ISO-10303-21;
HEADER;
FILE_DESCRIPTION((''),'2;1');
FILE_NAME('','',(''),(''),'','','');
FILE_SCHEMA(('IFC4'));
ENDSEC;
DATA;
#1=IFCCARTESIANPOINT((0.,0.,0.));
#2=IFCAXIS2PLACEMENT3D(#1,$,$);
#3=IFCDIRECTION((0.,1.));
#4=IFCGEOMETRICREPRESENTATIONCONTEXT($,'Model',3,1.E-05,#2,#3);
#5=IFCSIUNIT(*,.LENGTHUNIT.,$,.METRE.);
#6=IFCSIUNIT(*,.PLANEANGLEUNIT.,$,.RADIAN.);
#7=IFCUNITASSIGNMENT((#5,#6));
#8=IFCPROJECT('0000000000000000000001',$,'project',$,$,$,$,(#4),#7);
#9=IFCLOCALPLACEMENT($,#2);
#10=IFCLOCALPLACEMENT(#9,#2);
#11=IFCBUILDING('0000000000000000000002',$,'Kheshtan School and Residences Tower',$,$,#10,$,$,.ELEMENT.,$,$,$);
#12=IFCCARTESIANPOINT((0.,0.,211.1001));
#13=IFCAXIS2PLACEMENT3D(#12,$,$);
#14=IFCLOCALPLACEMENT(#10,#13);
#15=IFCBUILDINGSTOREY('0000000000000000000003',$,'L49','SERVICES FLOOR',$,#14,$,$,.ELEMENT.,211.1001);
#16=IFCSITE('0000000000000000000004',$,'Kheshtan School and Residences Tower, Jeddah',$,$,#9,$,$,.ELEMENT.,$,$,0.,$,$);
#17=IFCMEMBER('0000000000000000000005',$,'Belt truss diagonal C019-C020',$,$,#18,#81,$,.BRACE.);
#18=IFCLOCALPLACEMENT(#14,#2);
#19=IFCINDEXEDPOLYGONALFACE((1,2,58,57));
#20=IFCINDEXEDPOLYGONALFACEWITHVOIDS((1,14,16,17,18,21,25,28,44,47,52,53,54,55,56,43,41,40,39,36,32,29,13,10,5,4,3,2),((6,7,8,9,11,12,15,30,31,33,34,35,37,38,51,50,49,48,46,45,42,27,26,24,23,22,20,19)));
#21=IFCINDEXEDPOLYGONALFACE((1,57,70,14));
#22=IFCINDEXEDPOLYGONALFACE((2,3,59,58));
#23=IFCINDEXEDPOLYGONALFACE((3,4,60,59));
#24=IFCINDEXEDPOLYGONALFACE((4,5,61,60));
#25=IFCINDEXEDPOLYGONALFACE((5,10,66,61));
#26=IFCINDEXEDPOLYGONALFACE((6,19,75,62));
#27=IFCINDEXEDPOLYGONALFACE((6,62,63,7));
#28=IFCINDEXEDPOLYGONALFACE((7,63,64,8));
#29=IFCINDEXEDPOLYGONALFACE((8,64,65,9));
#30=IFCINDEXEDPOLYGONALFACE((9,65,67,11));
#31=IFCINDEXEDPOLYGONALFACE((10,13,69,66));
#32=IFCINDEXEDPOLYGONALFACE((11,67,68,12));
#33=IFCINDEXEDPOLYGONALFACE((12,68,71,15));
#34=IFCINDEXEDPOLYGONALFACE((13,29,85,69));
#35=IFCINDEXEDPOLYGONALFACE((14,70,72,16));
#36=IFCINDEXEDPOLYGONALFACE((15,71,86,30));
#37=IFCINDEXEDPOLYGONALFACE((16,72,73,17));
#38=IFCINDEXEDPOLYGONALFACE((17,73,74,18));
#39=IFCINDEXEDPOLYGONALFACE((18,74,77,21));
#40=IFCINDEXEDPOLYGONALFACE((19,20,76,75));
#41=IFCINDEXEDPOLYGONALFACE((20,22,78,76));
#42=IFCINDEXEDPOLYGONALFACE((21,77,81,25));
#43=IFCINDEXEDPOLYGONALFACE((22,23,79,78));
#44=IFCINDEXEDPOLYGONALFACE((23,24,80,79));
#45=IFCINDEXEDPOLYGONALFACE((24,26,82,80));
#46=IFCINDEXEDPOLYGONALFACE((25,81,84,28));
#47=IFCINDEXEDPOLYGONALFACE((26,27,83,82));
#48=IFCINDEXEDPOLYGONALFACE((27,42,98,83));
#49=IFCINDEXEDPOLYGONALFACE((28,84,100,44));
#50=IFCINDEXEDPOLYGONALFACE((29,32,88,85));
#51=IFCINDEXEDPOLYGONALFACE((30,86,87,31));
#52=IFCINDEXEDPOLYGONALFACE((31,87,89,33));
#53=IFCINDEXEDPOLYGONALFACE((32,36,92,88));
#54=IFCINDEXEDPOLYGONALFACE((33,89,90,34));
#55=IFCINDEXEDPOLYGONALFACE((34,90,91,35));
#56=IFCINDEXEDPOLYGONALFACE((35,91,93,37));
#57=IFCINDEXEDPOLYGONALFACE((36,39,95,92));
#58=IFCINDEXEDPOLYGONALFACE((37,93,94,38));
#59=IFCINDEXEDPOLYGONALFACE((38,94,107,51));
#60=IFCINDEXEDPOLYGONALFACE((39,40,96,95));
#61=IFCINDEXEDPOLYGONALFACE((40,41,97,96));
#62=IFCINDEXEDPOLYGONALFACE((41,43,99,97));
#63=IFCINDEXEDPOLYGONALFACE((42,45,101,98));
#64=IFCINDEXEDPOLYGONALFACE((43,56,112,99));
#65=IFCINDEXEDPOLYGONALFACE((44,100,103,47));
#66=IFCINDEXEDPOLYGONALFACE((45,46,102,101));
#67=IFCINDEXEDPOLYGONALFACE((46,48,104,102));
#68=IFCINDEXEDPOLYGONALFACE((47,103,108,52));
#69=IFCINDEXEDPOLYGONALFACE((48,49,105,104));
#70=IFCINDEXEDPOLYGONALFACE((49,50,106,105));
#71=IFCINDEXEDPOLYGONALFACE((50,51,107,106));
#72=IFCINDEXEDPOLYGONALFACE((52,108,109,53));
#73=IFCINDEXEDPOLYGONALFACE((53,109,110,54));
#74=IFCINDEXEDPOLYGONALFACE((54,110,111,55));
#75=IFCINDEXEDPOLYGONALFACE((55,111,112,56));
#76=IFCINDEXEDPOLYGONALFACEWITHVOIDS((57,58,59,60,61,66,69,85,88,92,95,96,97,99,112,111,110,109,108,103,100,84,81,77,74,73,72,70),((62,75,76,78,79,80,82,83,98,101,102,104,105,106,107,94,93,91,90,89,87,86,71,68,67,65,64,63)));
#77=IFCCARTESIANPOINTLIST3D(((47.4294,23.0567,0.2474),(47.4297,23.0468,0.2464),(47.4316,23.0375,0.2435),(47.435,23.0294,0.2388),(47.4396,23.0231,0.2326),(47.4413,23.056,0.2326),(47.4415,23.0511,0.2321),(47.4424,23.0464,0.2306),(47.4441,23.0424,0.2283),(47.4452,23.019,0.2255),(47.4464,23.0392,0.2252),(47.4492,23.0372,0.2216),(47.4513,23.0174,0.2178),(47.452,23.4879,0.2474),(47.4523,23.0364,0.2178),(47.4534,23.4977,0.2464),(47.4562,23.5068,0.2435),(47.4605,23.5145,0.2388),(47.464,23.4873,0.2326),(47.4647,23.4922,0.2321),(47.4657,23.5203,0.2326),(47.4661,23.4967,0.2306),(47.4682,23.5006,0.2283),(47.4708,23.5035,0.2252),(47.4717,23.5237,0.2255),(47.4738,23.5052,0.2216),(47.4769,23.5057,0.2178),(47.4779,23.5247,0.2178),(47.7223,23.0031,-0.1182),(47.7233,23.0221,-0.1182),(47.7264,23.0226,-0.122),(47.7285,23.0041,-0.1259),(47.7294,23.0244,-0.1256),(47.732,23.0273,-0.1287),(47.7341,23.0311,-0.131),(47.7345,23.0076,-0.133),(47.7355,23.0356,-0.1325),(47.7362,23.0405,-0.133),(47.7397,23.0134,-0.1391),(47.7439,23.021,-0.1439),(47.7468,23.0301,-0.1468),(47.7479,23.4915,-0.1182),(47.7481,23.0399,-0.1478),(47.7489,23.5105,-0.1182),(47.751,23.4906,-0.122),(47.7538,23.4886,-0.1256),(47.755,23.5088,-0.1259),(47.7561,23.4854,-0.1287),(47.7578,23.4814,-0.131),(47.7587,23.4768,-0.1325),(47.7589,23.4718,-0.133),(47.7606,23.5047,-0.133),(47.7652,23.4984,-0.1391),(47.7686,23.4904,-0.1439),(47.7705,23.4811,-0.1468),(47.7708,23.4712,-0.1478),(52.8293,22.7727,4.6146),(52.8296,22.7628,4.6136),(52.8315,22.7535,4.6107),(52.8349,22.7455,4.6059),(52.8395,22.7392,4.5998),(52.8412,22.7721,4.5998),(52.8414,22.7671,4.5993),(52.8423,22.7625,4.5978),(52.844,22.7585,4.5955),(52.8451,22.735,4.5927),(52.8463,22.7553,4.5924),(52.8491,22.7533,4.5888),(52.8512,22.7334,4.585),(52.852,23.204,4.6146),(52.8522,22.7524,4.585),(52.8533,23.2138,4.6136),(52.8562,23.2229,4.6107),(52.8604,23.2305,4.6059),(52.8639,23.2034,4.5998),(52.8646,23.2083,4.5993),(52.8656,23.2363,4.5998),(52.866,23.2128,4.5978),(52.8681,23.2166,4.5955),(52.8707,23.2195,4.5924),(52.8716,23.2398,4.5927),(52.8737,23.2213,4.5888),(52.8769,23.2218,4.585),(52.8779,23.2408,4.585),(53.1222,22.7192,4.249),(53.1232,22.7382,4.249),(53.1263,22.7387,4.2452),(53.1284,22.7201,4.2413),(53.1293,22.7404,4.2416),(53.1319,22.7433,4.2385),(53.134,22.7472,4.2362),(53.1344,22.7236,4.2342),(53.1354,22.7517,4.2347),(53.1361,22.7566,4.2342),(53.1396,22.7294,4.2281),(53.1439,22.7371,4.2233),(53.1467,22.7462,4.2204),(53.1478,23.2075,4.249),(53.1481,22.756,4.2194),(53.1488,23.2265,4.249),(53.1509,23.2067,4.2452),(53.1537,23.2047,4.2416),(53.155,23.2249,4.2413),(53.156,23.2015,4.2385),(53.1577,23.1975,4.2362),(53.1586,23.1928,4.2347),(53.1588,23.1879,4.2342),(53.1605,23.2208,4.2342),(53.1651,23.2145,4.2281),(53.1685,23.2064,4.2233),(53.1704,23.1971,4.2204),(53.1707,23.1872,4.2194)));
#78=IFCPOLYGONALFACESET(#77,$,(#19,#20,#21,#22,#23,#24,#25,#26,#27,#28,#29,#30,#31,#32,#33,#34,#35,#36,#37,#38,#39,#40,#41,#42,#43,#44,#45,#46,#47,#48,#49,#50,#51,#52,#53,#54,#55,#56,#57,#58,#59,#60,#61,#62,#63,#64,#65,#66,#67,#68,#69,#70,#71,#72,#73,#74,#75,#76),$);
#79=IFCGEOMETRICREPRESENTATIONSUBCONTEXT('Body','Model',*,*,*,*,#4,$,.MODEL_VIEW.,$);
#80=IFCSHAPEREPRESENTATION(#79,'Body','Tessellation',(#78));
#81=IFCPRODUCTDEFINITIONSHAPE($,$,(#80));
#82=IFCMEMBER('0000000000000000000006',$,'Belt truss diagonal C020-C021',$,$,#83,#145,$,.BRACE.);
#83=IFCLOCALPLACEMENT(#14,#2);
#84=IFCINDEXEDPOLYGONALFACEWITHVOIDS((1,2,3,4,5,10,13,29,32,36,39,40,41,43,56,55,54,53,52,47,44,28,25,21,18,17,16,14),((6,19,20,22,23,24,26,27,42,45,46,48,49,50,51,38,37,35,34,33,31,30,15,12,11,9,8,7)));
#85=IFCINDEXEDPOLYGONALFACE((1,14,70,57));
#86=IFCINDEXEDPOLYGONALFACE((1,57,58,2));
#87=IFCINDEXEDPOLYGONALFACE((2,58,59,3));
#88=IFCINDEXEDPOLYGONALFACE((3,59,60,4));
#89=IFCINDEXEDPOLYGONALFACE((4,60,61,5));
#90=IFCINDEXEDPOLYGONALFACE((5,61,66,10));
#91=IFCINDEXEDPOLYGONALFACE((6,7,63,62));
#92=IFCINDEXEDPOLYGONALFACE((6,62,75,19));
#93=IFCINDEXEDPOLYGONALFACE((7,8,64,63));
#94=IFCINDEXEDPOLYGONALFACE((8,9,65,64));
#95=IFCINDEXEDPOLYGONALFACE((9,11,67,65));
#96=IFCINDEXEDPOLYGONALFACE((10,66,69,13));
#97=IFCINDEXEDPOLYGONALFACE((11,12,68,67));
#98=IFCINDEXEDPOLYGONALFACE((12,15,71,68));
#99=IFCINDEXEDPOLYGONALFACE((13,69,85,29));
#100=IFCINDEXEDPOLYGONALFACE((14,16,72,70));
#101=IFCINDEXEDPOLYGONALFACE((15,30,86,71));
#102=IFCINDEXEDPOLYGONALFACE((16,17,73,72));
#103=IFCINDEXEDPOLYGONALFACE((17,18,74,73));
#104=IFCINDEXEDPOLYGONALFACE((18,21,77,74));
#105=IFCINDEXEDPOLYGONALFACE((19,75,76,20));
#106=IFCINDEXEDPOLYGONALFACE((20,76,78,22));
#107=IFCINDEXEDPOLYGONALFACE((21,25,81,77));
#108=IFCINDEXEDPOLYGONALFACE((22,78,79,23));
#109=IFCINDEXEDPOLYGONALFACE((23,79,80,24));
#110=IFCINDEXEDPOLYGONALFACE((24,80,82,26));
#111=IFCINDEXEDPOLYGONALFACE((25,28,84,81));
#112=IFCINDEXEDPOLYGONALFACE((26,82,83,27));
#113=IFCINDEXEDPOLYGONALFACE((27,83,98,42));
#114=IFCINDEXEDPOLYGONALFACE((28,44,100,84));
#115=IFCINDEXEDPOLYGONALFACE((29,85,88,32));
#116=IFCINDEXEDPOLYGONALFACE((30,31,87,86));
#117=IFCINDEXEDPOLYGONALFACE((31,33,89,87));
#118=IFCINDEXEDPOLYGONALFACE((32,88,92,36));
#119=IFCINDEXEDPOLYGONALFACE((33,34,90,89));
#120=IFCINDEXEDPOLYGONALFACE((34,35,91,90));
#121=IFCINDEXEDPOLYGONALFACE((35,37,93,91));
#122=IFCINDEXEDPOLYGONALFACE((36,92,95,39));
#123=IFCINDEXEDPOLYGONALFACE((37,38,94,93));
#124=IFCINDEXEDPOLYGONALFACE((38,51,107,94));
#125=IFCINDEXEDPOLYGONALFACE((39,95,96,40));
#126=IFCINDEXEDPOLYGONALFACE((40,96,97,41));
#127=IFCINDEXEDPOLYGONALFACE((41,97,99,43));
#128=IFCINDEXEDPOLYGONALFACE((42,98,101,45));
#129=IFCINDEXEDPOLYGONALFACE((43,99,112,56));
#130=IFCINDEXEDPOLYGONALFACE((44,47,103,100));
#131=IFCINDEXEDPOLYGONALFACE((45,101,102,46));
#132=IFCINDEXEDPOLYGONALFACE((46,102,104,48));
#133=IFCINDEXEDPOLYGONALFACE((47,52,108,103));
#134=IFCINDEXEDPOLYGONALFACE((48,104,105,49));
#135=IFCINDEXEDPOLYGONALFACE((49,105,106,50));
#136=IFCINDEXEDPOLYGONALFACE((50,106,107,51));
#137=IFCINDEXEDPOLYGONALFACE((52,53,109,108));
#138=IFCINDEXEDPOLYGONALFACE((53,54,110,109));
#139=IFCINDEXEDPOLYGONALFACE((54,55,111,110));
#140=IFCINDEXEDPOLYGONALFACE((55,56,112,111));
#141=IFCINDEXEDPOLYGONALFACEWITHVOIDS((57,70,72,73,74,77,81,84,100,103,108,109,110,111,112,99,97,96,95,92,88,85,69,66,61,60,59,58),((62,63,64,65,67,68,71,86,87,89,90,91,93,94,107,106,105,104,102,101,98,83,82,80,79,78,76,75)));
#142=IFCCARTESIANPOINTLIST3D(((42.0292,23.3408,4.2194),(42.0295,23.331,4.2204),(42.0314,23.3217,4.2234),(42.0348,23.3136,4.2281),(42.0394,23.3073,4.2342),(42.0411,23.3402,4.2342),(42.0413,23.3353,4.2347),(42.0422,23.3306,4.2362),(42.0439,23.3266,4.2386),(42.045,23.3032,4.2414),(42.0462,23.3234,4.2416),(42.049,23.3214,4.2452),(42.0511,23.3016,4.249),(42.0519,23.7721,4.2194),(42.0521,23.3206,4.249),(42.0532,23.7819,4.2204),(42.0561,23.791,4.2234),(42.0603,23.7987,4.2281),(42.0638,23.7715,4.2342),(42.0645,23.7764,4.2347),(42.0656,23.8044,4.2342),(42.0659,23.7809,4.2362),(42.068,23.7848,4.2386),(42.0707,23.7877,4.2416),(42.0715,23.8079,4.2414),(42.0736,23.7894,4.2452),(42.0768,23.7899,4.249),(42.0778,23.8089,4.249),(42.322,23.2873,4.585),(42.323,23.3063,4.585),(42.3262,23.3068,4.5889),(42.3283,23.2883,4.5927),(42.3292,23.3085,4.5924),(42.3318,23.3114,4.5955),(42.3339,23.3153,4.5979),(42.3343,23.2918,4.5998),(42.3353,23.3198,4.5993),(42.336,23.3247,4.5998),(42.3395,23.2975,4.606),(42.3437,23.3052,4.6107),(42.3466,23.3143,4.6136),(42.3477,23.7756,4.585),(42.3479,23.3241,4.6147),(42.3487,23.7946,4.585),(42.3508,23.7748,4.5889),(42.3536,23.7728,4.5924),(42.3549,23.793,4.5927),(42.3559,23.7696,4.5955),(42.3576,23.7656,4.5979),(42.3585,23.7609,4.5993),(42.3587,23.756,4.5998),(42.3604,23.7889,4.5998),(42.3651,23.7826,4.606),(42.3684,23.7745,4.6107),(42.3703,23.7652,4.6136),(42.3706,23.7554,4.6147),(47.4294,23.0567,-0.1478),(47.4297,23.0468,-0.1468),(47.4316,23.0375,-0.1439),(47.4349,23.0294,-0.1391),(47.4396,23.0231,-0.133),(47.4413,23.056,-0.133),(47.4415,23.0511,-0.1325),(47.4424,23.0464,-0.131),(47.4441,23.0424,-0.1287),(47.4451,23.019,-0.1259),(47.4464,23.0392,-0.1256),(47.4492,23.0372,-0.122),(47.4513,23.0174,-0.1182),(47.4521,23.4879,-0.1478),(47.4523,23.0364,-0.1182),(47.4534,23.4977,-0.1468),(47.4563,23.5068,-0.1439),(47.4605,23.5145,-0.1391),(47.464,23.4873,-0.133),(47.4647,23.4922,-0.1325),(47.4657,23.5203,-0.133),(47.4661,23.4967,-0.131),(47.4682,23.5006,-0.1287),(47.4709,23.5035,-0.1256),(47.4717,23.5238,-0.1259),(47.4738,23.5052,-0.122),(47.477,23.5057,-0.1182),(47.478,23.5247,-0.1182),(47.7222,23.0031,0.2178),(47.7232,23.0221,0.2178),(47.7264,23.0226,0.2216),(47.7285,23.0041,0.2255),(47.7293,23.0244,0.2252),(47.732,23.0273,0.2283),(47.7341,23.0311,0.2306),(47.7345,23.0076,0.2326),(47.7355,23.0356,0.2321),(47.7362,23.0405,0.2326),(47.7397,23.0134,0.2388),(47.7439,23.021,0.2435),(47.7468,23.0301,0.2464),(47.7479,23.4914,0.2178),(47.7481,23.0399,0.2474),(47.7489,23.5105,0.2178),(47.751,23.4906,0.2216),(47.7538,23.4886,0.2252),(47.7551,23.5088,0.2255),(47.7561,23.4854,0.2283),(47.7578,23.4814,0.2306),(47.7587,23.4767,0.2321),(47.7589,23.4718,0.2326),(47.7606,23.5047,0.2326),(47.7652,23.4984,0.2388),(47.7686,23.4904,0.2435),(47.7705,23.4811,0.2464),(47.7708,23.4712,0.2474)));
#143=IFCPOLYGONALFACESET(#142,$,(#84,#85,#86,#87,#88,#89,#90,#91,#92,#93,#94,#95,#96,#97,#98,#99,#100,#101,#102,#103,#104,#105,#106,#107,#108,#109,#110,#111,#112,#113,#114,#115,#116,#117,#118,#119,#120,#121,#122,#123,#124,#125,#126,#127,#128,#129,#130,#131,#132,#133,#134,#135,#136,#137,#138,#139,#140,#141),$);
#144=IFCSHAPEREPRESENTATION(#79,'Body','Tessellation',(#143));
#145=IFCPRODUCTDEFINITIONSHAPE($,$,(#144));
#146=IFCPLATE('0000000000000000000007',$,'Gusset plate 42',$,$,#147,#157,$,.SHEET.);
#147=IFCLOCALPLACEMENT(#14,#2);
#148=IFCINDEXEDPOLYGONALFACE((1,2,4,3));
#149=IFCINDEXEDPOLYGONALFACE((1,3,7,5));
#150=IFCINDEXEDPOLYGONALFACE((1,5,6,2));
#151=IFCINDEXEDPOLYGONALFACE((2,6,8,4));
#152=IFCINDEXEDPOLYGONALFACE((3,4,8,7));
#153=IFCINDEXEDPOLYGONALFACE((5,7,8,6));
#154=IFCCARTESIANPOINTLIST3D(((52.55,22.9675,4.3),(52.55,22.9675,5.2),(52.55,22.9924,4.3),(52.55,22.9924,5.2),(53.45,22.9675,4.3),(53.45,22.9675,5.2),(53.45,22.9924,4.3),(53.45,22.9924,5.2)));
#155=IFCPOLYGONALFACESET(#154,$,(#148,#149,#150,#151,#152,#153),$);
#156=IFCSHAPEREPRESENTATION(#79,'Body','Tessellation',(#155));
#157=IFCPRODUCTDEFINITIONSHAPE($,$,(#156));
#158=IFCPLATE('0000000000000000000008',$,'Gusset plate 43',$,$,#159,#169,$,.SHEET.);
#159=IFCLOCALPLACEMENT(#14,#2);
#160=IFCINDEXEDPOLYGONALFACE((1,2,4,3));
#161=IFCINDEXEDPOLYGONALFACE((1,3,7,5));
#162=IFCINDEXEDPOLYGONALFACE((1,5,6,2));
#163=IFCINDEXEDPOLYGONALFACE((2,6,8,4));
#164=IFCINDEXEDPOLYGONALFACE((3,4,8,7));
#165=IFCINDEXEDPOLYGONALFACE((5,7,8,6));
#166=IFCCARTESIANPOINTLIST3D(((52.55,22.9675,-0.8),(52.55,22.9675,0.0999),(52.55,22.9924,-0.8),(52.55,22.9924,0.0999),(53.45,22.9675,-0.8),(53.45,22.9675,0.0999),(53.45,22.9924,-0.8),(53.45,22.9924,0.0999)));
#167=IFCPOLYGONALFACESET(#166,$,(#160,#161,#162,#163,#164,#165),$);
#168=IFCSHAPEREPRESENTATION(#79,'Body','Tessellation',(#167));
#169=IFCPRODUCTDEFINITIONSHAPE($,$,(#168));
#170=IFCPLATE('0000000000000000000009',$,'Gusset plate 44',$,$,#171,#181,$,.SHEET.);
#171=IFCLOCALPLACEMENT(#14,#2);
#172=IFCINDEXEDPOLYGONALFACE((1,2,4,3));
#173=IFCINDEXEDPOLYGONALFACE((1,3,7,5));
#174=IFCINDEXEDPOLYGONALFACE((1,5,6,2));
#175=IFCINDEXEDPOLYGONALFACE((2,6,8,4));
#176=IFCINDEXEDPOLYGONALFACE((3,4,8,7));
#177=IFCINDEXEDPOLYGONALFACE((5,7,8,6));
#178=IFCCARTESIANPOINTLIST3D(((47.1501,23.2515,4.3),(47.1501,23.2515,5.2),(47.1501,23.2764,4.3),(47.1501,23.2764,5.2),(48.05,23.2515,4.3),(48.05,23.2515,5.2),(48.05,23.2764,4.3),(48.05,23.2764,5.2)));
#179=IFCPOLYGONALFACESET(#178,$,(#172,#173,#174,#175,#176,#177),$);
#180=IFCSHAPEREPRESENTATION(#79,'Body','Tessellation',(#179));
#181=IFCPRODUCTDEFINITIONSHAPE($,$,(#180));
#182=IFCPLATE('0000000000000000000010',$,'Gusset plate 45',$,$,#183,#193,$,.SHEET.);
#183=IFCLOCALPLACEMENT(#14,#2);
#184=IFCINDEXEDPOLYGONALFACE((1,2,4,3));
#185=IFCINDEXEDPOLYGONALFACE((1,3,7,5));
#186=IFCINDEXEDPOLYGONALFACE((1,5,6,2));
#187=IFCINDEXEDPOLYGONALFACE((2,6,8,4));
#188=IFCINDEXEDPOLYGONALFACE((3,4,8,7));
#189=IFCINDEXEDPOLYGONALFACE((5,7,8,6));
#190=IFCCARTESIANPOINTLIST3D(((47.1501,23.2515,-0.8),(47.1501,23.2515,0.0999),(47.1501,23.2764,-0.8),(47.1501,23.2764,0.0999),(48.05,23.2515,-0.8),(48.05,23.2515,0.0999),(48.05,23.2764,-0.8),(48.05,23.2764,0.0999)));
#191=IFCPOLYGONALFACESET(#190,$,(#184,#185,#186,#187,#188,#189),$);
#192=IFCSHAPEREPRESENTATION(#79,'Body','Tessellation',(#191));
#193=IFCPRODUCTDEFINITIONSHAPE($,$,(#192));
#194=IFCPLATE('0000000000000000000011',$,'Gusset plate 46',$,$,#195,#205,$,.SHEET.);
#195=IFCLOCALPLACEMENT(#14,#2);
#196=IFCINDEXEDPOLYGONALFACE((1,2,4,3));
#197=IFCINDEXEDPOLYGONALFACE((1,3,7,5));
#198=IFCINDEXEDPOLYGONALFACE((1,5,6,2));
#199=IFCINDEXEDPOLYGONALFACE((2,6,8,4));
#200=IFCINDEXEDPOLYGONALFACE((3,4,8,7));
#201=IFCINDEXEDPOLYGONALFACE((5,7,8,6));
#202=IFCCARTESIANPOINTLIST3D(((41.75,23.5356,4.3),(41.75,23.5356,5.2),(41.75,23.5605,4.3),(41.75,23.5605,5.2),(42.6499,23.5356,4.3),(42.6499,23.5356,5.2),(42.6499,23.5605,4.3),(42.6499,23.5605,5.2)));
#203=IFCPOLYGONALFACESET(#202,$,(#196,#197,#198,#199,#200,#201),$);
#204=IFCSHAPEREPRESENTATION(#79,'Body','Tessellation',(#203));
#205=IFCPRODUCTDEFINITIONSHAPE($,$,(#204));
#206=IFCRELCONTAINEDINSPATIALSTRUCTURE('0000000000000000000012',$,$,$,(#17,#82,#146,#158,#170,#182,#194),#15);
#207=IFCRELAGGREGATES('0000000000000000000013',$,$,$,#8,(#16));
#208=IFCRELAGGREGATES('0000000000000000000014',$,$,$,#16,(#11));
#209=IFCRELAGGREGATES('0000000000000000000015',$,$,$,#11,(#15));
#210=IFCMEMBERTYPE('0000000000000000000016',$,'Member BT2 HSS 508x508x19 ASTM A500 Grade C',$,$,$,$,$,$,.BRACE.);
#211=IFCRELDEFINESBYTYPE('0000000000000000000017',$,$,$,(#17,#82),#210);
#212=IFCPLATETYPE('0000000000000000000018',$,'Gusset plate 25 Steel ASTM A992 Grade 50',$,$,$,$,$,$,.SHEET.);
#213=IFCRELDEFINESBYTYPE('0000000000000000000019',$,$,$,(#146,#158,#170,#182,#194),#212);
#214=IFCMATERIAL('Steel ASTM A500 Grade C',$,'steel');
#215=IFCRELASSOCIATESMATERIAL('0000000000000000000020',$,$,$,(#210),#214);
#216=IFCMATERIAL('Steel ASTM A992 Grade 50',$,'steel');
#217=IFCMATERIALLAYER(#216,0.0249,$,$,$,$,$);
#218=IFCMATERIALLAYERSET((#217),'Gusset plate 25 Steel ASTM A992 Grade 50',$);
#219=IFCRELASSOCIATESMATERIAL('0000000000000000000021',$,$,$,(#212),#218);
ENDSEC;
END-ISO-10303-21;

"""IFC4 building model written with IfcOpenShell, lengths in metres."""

from ifc_helpers import new_model, si_unit, direction, frame, origin, origin_2d, place, context, subcontext, project, spatial, rectangle, hollow_rectangle, extrude, material, layer, layer_set, material_profile, profile_set, type_object, element, save


model = new_model("IFC4")

# Units and contexts
model_context = context("Model", 3, precision=1e-05, world=origin(), true_north=direction((0.0, 1.0)))
body_context = subcontext(model_context, "Body", "Model", "MODEL_VIEW")
ifc_project = project(units=[si_unit("LENGTHUNIT", "METRE"), si_unit("PLANEANGLEUNIT", "RADIAN")], contexts=[model_context])

# Site, building, storey
site_placement = place(None, origin())
site = spatial("IfcSite", under=ifc_project, at=site_placement, Name="Kheshtan School and Residences Tower, Jeddah", CompositionType="ELEMENT", RefElevation=0.0)
building_placement = place(site_placement, origin())
building = spatial("IfcBuilding", under=site, at=building_placement, Name="Kheshtan School and Residences Tower", CompositionType="ELEMENT")
storey_placement = place(building_placement, frame((0.0, 0.0, 211.1001)))
storey = spatial("IfcBuildingStorey", under=building, at=storey_placement, Name="L49", Description="SERVICES FLOOR", CompositionType="ELEMENT", Elevation=211.1001)

# Shared definitions
ifc_material_1 = material(Name="Steel ASTM A992 Grade 50", Category="steel")

# Members
ifc_material_2 = material(Name="Steel ASTM A500 Grade C", Category="steel")
ifc_material_profile_1 = material_profile(ifc_material_2, hollow_rectangle(XDim=0.5081, YDim=0.5081, WallThickness=0.019, InnerFilletRadius=0.019, OuterFilletRadius=0.0381, at=origin_2d()), Name="HSS 508x508x19")
ifc_profile_set_1 = profile_set([ifc_material_profile_1], Name="Steel ASTM A500 Grade C")
member_type = type_object("IfcMemberType", Name="Member BT2 HSS 508x508x19 ASTM A500 Grade C", PredefinedType="BRACE", material=ifc_profile_set_1)
member_1_placement = place(storey_placement, frame((47.6001, 23.2639, 0.0498), z_axis=(0.776889, -0.04085, 0.628311), x_axis=(0.052509, 0.99862, 0.0)))
element("IfcMember", 1, at=member_1_placement, inside=storey, type_object=member_type, Name="Belt truss diagonal C019-C020", PredefinedType="BRACE", context=body_context, shape_type="SweptSolid", body=[
    extrude(hollow_rectangle(XDim=0.5081, YDim=0.5081, WallThickness=0.019, InnerFilletRadius=0.019, OuterFilletRadius=0.0381, at=origin_2d()), origin(), (0.0, 0.0, 1.0), 6.9507),
])
member_2_placement = place(storey_placement, frame((47.6001, 23.2639, 0.0498), z_axis=(-0.776902, 0.040884, 0.628293), x_axis=(-0.052552, -0.998618, 0.0)))
element("IfcMember", 2, at=member_2_placement, inside=storey, type_object=member_type, Name="Belt truss diagonal C020-C021", PredefinedType="BRACE", context=body_context, shape_type="SweptSolid", body=[
    extrude(hollow_rectangle(XDim=0.5081, YDim=0.5081, WallThickness=0.019, InnerFilletRadius=0.019, OuterFilletRadius=0.0381, at=origin_2d()), origin(), (0.0, 0.0, 1.0), 6.9509),
])

# Plates
ifc_layer_1 = layer(ifc_material_1, 0.0249)
ifc_layer_set_1 = layer_set([ifc_layer_1], Name="Gusset plate 25 Steel ASTM A992 Grade 50")
plate_type = type_object("IfcPlateType", Name="Gusset plate 25 Steel ASTM A992 Grade 50", PredefinedType="SHEET", material=ifc_layer_set_1)
for number, where, z_axis, x_axis, name in (
    (3, (53.0, 22.98, 4.3), (0.0, 0.0, 1.0), (1.0, 0.0, 0.0), "Gusset plate 42"),
    (4, (53.0, 22.98, -0.8), (0.0, 0.0, 1.0), (1.0, 0.0, 0.0), "Gusset plate 43"),
    (5, (47.6001, 23.2639, 4.3), (0.0, 0.0, 1.0), (1.0, 0.0, 0.0), "Gusset plate 44"),
    (6, (47.6001, 23.2639, -0.8), (0.0, 0.0, 1.0), (1.0, 0.0, 0.0), "Gusset plate 45"),
    (7, (42.2, 23.5481, 4.3), (0.0, 0.0, 1.0), (1.0, 0.0, 0.0), "Gusset plate 46"),
):
    element("IfcPlate", number, at=place(storey_placement, frame(where, z_axis=z_axis, x_axis=x_axis)), inside=storey, type_object=plate_type, Name=name, PredefinedType="SHEET", context=body_context, shape_type="SweptSolid", body=[
        extrude(rectangle(XDim=0.8999, YDim=0.0249, at=origin_2d()), origin(), (0.0, 0.0, 1.0), 0.8999),
    ])

save(model, "model.ifc")
